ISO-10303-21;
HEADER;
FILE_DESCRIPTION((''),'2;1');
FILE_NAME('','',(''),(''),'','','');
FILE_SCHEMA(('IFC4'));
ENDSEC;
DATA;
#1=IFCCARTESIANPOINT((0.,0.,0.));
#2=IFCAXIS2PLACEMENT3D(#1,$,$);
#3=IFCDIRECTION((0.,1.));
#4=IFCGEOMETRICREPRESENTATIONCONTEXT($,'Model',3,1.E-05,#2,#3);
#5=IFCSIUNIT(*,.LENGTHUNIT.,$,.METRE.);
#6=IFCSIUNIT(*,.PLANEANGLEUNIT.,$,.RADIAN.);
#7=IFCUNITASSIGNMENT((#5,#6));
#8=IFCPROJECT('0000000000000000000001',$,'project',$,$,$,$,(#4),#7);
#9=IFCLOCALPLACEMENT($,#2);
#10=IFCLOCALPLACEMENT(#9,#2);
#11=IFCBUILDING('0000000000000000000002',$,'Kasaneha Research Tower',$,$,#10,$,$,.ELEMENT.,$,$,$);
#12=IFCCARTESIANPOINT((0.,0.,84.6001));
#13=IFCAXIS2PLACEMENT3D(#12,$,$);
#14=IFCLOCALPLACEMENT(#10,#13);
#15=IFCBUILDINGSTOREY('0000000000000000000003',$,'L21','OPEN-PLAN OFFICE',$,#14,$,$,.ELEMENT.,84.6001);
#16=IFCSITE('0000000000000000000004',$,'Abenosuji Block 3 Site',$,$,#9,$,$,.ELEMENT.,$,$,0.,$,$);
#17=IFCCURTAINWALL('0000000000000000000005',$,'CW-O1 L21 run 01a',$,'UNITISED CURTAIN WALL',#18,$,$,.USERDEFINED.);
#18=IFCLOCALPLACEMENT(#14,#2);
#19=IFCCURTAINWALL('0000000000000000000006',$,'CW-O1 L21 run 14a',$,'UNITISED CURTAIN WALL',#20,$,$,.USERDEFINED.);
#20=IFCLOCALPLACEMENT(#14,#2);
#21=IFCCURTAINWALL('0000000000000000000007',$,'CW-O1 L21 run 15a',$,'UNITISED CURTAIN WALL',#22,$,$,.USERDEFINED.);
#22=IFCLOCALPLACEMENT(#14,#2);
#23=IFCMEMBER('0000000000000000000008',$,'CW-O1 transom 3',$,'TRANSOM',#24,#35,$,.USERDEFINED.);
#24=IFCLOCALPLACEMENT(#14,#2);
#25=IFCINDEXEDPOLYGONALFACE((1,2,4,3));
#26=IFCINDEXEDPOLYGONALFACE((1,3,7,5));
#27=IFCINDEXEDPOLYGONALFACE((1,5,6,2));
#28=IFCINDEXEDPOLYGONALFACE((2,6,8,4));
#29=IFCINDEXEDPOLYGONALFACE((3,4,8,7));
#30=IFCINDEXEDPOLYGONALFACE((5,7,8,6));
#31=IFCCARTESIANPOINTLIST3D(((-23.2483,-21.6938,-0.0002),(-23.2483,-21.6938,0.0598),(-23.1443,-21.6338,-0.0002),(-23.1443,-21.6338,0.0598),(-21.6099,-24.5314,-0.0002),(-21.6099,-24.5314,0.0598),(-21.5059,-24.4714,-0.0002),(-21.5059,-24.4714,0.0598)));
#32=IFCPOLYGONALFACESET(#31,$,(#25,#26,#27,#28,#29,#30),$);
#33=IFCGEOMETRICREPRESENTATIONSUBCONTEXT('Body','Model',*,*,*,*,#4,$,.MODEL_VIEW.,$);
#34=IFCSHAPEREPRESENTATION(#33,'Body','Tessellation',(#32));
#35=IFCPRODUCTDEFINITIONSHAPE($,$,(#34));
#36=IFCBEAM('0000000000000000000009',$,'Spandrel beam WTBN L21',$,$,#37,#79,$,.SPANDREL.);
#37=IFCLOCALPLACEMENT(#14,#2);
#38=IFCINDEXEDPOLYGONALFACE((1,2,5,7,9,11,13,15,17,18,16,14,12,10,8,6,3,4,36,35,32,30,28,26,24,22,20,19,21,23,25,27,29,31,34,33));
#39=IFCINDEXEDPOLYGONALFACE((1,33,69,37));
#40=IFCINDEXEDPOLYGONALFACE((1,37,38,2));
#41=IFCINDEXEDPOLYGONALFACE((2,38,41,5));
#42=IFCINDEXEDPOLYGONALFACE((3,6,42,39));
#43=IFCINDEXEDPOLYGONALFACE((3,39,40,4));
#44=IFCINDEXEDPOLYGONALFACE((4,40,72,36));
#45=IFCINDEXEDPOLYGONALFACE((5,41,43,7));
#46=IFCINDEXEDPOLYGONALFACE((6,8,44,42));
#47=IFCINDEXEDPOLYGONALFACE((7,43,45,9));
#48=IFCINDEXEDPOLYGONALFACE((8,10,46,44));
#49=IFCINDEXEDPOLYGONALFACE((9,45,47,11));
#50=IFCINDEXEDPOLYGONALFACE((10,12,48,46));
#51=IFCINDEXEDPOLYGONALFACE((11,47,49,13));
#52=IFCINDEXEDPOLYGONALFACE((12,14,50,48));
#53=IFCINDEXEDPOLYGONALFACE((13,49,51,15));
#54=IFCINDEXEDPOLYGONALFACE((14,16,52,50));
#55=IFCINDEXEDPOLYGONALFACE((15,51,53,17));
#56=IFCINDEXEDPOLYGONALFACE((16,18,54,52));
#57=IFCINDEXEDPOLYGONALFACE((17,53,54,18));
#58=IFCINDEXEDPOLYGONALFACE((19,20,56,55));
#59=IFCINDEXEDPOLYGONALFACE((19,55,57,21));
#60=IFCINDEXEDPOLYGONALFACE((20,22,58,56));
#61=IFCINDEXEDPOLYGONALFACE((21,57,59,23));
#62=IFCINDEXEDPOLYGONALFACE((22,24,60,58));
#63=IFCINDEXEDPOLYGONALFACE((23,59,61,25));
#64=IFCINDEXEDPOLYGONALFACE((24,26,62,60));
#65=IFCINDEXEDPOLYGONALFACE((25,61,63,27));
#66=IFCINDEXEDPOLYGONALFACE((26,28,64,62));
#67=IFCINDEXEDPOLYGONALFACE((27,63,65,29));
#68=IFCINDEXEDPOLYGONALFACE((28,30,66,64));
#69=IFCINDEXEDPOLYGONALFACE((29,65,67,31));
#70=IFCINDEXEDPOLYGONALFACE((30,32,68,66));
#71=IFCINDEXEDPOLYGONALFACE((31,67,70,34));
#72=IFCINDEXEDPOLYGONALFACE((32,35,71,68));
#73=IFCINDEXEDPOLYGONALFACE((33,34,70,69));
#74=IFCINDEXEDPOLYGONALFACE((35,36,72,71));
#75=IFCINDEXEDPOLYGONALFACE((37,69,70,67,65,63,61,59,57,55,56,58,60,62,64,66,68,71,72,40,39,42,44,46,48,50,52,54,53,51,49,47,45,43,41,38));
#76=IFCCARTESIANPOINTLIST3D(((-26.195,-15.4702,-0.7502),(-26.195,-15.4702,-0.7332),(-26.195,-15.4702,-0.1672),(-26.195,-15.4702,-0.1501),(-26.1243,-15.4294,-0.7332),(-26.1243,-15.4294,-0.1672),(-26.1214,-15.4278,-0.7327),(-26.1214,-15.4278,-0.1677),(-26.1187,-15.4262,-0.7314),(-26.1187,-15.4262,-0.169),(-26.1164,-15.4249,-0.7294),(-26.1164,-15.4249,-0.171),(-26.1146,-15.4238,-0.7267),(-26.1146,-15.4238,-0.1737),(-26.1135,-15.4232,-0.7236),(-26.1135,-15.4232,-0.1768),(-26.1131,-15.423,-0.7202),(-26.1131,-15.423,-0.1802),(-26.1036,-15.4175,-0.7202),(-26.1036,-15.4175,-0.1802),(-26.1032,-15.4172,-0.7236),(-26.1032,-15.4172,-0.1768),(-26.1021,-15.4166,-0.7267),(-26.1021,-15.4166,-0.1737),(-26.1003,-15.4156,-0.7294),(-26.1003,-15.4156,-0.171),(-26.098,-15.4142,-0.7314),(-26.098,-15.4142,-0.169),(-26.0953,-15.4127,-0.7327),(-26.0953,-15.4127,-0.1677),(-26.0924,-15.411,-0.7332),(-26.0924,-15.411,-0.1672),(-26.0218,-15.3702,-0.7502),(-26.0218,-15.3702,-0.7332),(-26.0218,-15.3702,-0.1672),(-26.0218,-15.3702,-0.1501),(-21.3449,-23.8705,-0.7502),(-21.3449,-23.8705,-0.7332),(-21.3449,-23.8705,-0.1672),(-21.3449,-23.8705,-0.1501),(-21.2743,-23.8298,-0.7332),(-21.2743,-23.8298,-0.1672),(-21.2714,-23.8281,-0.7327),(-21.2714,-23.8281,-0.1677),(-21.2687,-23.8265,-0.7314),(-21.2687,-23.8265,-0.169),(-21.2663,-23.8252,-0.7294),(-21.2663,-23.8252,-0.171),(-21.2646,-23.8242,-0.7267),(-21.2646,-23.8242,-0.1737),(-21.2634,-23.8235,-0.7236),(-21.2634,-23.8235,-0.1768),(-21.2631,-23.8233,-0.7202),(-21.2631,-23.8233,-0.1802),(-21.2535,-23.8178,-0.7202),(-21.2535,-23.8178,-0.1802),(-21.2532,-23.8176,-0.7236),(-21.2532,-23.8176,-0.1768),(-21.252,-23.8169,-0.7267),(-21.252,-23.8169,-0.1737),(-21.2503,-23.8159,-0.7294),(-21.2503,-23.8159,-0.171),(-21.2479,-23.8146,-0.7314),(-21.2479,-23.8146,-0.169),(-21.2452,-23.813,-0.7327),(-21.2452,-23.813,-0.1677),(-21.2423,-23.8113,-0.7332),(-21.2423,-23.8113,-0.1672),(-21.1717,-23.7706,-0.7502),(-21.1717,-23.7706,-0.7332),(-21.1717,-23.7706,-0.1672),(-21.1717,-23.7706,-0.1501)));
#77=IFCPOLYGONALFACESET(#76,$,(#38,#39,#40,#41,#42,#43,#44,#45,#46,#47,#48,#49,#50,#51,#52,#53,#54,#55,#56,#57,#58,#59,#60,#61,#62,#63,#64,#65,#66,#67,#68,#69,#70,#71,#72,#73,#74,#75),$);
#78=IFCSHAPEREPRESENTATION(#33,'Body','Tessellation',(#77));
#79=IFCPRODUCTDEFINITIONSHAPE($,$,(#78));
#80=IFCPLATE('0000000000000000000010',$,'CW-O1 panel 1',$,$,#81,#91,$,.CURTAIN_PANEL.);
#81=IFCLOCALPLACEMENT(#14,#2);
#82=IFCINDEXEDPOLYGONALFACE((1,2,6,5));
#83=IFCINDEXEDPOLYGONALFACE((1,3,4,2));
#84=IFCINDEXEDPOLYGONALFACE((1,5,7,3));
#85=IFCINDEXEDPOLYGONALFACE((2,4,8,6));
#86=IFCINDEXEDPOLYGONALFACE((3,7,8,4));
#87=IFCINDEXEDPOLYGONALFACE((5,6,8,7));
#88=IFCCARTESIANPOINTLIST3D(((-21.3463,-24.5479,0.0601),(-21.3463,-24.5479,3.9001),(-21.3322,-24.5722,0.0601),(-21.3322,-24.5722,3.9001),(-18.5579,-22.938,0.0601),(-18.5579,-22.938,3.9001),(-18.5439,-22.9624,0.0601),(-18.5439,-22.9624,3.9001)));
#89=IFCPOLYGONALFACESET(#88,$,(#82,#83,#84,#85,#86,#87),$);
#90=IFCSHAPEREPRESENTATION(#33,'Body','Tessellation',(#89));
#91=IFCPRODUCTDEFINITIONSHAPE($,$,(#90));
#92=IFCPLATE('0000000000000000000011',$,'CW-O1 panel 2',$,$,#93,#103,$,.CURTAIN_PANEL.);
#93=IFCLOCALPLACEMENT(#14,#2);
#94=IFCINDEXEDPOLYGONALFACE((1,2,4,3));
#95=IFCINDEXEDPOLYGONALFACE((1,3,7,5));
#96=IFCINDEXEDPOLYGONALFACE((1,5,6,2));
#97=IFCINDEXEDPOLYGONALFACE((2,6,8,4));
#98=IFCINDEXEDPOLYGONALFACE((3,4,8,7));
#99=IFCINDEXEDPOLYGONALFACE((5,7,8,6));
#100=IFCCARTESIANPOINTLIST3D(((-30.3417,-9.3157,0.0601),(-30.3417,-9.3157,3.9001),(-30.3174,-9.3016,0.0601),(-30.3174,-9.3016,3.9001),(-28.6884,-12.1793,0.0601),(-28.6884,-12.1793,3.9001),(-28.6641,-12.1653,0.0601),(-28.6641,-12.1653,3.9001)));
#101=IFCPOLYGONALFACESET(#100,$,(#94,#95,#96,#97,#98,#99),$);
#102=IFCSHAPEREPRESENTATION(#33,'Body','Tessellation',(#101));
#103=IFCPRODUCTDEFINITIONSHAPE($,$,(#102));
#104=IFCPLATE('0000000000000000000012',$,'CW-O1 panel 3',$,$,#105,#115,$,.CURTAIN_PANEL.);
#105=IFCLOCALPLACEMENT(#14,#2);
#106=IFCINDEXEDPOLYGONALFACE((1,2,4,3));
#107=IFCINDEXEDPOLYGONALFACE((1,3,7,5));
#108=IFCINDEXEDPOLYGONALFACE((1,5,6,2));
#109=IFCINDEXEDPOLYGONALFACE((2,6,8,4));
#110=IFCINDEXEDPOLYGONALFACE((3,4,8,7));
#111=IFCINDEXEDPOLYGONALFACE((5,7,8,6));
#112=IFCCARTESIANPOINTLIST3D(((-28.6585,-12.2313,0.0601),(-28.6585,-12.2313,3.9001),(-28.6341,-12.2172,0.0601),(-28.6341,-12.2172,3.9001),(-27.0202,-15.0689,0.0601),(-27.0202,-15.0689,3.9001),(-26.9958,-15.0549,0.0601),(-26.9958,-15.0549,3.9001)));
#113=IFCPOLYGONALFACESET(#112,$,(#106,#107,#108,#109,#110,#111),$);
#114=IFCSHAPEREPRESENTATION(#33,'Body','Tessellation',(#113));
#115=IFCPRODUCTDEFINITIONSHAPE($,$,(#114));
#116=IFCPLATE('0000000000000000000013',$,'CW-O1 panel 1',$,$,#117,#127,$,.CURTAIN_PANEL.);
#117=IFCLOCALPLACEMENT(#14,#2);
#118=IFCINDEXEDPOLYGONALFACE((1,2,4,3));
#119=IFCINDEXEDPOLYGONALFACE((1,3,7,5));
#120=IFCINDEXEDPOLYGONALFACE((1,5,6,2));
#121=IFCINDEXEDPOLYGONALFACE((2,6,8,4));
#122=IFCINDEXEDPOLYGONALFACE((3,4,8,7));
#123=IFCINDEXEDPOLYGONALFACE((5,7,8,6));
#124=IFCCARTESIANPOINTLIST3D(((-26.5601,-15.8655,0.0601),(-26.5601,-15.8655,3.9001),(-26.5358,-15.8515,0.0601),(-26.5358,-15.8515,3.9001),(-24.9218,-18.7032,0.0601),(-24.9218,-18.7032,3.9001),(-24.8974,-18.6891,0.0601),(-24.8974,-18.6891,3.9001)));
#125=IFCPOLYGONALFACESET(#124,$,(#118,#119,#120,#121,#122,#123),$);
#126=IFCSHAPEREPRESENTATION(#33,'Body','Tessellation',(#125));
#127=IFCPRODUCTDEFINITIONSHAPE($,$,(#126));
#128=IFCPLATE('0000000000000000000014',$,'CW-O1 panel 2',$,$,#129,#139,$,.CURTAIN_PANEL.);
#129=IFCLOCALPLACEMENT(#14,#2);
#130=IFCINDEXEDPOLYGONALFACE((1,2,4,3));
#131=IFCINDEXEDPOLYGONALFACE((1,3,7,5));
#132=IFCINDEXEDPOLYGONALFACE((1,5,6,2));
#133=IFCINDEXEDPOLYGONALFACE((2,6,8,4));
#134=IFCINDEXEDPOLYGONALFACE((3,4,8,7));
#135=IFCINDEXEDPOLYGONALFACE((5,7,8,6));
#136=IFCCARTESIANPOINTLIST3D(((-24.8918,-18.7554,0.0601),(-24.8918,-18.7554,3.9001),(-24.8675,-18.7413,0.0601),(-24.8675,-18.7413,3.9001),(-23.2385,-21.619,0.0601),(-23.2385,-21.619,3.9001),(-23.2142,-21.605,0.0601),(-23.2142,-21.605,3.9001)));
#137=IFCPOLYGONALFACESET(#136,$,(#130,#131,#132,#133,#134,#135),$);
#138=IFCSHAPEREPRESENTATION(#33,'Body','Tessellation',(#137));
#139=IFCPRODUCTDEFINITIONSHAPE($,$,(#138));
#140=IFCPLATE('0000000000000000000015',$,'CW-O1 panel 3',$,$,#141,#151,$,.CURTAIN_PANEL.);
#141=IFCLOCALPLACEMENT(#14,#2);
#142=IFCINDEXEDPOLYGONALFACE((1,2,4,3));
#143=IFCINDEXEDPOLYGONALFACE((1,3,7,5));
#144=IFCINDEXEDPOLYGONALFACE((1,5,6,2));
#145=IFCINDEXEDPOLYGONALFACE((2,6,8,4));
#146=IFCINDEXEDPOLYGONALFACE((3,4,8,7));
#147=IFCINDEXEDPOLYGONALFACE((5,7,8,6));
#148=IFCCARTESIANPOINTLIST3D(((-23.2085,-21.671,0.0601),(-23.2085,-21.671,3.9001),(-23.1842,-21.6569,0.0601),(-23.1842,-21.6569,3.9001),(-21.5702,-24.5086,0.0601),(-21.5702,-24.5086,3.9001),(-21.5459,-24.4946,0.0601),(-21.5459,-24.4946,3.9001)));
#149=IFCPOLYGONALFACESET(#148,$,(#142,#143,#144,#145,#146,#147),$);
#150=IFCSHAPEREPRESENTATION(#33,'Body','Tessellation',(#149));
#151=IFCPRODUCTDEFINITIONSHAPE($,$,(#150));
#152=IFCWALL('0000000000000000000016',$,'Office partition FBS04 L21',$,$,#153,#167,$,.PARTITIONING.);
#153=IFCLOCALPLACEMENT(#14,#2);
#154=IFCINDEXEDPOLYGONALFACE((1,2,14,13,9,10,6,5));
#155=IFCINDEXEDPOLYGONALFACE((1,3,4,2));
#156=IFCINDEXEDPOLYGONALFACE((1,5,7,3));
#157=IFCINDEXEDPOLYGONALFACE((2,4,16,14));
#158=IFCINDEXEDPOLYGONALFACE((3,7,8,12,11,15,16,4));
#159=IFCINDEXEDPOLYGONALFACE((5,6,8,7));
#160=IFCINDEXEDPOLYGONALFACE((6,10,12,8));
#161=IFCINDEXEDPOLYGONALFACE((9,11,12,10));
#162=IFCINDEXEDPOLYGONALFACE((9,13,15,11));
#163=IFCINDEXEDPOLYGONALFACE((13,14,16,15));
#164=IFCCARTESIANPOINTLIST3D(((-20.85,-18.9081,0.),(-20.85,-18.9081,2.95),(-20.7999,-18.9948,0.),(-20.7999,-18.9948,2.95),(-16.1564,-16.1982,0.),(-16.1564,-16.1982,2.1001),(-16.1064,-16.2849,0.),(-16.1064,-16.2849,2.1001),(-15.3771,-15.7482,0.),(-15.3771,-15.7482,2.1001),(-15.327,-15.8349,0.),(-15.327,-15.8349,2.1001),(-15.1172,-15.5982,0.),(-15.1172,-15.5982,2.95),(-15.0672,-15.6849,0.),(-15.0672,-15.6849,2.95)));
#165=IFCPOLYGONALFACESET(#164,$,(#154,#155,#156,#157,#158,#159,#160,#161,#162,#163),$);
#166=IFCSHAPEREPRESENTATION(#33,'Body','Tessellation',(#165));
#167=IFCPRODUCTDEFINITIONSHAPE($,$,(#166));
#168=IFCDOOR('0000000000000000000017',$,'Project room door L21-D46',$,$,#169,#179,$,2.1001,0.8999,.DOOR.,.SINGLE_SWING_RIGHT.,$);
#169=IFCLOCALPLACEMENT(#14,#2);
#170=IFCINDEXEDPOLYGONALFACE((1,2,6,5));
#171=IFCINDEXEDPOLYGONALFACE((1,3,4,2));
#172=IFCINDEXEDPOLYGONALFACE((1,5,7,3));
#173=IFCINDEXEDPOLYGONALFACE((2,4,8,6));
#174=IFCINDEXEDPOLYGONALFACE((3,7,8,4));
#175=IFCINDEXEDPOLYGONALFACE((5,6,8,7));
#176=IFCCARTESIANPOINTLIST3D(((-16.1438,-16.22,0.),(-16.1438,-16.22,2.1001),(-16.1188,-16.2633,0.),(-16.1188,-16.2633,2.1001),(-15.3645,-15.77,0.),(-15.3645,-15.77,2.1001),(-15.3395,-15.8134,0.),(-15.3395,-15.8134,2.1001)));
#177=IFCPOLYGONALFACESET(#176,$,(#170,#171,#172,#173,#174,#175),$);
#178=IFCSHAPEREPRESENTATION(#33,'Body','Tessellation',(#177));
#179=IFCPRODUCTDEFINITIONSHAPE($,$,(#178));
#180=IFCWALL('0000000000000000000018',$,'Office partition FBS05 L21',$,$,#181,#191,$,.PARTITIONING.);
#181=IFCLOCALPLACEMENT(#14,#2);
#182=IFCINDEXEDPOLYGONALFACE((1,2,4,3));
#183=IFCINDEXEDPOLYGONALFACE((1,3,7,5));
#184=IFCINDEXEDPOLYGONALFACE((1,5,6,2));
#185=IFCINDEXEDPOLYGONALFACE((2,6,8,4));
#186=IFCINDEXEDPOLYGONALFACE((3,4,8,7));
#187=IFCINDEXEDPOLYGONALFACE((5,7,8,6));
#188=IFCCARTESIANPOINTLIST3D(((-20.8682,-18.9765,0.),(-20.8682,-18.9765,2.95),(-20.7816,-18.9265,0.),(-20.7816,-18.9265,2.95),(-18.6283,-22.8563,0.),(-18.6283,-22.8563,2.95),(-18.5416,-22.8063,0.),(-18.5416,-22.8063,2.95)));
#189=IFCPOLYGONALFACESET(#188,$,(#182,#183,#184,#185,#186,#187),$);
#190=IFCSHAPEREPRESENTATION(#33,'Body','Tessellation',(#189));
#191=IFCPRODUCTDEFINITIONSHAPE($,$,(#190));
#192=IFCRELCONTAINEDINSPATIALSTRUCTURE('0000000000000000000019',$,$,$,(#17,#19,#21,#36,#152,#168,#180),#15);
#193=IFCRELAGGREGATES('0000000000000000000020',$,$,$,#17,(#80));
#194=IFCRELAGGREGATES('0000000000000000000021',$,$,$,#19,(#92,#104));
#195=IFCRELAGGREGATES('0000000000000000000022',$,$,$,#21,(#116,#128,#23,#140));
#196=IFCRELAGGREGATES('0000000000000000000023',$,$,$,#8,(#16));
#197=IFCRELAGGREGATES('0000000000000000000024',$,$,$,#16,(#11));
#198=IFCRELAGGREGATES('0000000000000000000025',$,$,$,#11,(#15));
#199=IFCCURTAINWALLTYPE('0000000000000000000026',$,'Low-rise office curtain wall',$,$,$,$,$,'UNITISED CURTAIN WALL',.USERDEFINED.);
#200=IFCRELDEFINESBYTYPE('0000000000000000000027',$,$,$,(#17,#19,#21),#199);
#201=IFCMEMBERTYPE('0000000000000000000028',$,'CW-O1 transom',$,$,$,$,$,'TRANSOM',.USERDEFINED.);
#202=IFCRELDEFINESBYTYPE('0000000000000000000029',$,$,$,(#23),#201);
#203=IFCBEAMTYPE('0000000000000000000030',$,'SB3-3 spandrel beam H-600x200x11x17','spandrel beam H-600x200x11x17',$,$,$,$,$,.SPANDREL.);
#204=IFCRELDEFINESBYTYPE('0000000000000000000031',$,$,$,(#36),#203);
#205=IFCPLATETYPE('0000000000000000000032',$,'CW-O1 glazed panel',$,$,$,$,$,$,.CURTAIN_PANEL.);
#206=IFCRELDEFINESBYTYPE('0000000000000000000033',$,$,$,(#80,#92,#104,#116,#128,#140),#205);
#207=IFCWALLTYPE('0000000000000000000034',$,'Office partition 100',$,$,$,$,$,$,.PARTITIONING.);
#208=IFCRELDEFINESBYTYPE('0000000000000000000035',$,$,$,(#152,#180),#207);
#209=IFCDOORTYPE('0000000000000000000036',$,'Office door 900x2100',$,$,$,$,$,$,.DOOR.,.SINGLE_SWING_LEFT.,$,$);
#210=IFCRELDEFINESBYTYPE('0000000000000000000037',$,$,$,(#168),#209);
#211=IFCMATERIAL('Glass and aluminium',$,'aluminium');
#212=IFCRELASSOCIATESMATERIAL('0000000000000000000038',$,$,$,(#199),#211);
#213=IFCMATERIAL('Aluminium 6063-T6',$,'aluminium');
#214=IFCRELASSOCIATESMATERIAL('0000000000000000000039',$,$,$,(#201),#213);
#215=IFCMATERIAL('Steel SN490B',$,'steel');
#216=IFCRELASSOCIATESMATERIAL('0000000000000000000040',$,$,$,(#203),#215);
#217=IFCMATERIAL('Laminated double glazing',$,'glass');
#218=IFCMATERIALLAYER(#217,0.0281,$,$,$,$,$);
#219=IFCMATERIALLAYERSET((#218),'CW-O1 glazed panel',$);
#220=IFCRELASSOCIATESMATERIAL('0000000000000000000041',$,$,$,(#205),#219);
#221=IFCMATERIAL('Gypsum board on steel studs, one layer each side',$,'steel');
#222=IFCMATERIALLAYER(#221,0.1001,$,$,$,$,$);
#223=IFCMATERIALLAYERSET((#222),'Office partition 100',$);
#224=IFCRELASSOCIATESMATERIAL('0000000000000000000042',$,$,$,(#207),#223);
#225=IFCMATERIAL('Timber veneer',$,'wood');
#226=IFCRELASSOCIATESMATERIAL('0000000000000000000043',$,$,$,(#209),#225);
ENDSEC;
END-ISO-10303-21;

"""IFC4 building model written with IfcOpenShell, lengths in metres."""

from ifc_helpers import new_model, si_unit, direction, frame, frame_2d, origin, origin_2d, place, context, subcontext, project, spatial, rectangle, i_section, extrude, material, layer, layer_set, material_profile, profile_set, type_object, element, fill, aggregate, save


model = new_model("IFC4")

# Units and contexts
model_context = context("Model", 3, precision=1e-05, world=origin(), true_north=direction((0.0, 1.0)))
body_context = subcontext(model_context, "Body", "Model", "MODEL_VIEW")
ifc_project = project(units=[si_unit("LENGTHUNIT", "METRE"), si_unit("PLANEANGLEUNIT", "RADIAN")], contexts=[model_context])

# Site, building, storey
site_placement = place(None, origin())
site = spatial("IfcSite", under=ifc_project, at=site_placement, Name="Abenosuji Block 3 Site", CompositionType="ELEMENT", RefElevation=0.0)
building_placement = place(site_placement, origin())
building = spatial("IfcBuilding", under=site, at=building_placement, Name="Kasaneha Research Tower", CompositionType="ELEMENT")
storey_placement = place(building_placement, frame((0.0, 0.0, 84.6001)))
storey = spatial("IfcBuildingStorey", under=building, at=storey_placement, Name="L21", Description="OPEN-PLAN OFFICE", CompositionType="ELEMENT", Elevation=84.6001)

# Curtain walls
ifc_material_1 = material(Name="Glass and aluminium", Category="aluminium")
curtain_wall_type = type_object("IfcCurtainWallType", Name="Low-rise office curtain wall", ElementType="UNITISED CURTAIN WALL", PredefinedType="USERDEFINED", material=ifc_material_1)
curtain_wall_1_placement = place(storey_placement, origin())
curtain_wall_1 = element("IfcCurtainWall", 1, at=curtain_wall_1_placement, inside=storey, type_object=curtain_wall_type, Name="CW-O1 L21 run 01a", ObjectType="UNITISED CURTAIN WALL", PredefinedType="USERDEFINED")
curtain_wall_2_placement = place(storey_placement, origin())
curtain_wall_2 = element("IfcCurtainWall", 2, at=curtain_wall_2_placement, inside=storey, type_object=curtain_wall_type, Name="CW-O1 L21 run 14a", ObjectType="UNITISED CURTAIN WALL", PredefinedType="USERDEFINED")
curtain_wall_3_placement = place(storey_placement, origin())
curtain_wall_3 = element("IfcCurtainWall", 3, at=curtain_wall_3_placement, inside=storey, type_object=curtain_wall_type, Name="CW-O1 L21 run 15a", ObjectType="UNITISED CURTAIN WALL", PredefinedType="USERDEFINED")

# Member
ifc_material_2 = material(Name="Aluminium 6063-T6", Category="aluminium")
ifc_material_profile_1 = material_profile(ifc_material_2, rectangle(XDim=0.1201, YDim=0.0601, at=origin_2d()), Name="CW-O1 transom 120x60")
ifc_profile_set_1 = profile_set([ifc_material_profile_1], Name="Aluminium 6063-T6")
member_type_1 = type_object("IfcMemberType", Name="CW-O1 transom", ElementType="TRANSOM", PredefinedType="USERDEFINED", material=ifc_profile_set_1)
member_1_placement = place(storey_placement, frame((-23.1963, -21.6638, 0.0298), z_axis=(0.500026, -0.866011, 0.0), x_axis=(0.866011, 0.500026, 0.0)))
member_1 = element("IfcMember", 4, at=member_1_placement, type_object=member_type_1, Name="CW-O1 transom 3", ObjectType="TRANSOM", PredefinedType="USERDEFINED", context=body_context, shape_type="SweptSolid", body=[
    extrude(rectangle(XDim=0.1201, YDim=0.0601, at=origin_2d()), origin(), (0.0, 0.0, 1.0), 3.2766),
])

# Beam
ifc_material_3 = material(Name="Steel SN490B", Category="steel")
ifc_material_profile_2 = material_profile(ifc_material_3, i_section(OverallWidth=0.2, OverallDepth=0.6001, WebThickness=0.011, FlangeThickness=0.0171, FilletRadius=0.0129, at=origin_2d()), Name="H-600x200x11x17")
ifc_profile_set_2 = profile_set([ifc_material_profile_2], Name="Steel SN490B")
beam_type = type_object("IfcBeamType", Name="SB3-3 spandrel beam H-600x200x11x17", Description="spandrel beam H-600x200x11x17", PredefinedType="SPANDREL", material=ifc_profile_set_2)
beam_placement = place(storey_placement, frame((-21.2583, -23.8206, -0.4502), z_axis=(-0.50001, 0.86602, 0.0), x_axis=(-0.86602, -0.50001, 0.0)))
element("IfcBeam", 5, at=beam_placement, inside=storey, type_object=beam_type, Name="Spandrel beam WTBN L21", PredefinedType="SPANDREL", context=body_context, shape_type="SweptSolid", body=[
    extrude(i_section(OverallWidth=0.2, OverallDepth=0.6001, WebThickness=0.011, FlangeThickness=0.0171, FilletRadius=0.0129, at=origin_2d()), origin(), (0.0, 0.0, 1.0), 9.7),
])

# Plates
ifc_material_4 = material(Name="Laminated double glazing", Category="glass")
ifc_layer_1 = layer(ifc_material_4, 0.0281)
ifc_layer_set_1 = layer_set([ifc_layer_1], Name="CW-O1 glazed panel")
plate_type = type_object("IfcPlateType", Name="CW-O1 glazed panel", PredefinedType="CURTAIN_PANEL", material=ifc_layer_set_1)
plate_1_placement = place(storey_placement, frame((-19.9451, -23.7551, 0.0601), z_axis=(0.0, 0.0, 1.0), x_axis=(0.866025, 0.5, 0.0)))
plate_1 = element("IfcPlate", 6, at=plate_1_placement, type_object=plate_type, Name="CW-O1 panel 1", PredefinedType="CURTAIN_PANEL", context=body_context, shape_type="SweptSolid", body=[
    extrude(rectangle(XDim=3.2197, YDim=0.0281, at=origin_2d()), origin(), (0.0, 0.0, 1.0), 3.8401),
])
aggregate(curtain_wall_1, [plate_1])
plate_2_placement = place(storey_placement, frame((-29.5029, -10.7405, 0.0601), z_axis=(0.0, 0.0, 1.0), x_axis=(0.5, -0.866025, 0.0)))
plate_2 = element("IfcPlate", 7, at=plate_2_placement, type_object=plate_type, Name="CW-O1 panel 2", PredefinedType="CURTAIN_PANEL", context=body_context, shape_type="SweptSolid", body=[
    extrude(rectangle(XDim=3.3066, YDim=0.0281, at=origin_2d()), origin(), (0.0, 0.0, 1.0), 3.8401),
])
plate_3_placement = place(storey_placement, frame((-27.8271, -13.6431, 0.0601), z_axis=(0.0, 0.0, 1.0), x_axis=(0.5, -0.866025, 0.0)))
plate_3 = element("IfcPlate", 8, at=plate_3_placement, type_object=plate_type, Name="CW-O1 panel 3", PredefinedType="CURTAIN_PANEL", context=body_context, shape_type="SweptSolid", body=[
    extrude(rectangle(XDim=3.2766, YDim=0.0281, at=origin_2d()), origin(), (0.0, 0.0, 1.0), 3.8401),
])
aggregate(curtain_wall_2, [plate_2, plate_3])
plate_4_placement = place(storey_placement, frame((-25.7288, -17.2773, 0.0601), z_axis=(0.0, 0.0, 1.0), x_axis=(0.5, -0.866025, 0.0)))
plate_4 = element("IfcPlate", 9, at=plate_4_placement, type_object=plate_type, Name="CW-O1 panel 1", PredefinedType="CURTAIN_PANEL", context=body_context, shape_type="SweptSolid", body=[
    extrude(rectangle(XDim=3.2766, YDim=0.0281, at=origin_2d()), origin(), (0.0, 0.0, 1.0), 3.8401),
])
plate_5_placement = place(storey_placement, frame((-24.053, -20.1802, 0.0601), z_axis=(0.0, 0.0, 1.0), x_axis=(0.5, -0.866025, 0.0)))
plate_5 = element("IfcPlate", 10, at=plate_5_placement, type_object=plate_type, Name="CW-O1 panel 2", PredefinedType="CURTAIN_PANEL", context=body_context, shape_type="SweptSolid", body=[
    extrude(rectangle(XDim=3.3066, YDim=0.0281, at=origin_2d()), origin(), (0.0, 0.0, 1.0), 3.8401),
])
plate_6_placement = place(storey_placement, frame((-22.3772, -23.0828, 0.0601), z_axis=(0.0, 0.0, 1.0), x_axis=(0.5, -0.866025, 0.0)))
plate_6 = element("IfcPlate", 11, at=plate_6_placement, type_object=plate_type, Name="CW-O1 panel 3", PredefinedType="CURTAIN_PANEL", context=body_context, shape_type="SweptSolid", body=[
    extrude(rectangle(XDim=3.2766, YDim=0.0281, at=origin_2d()), origin(), (0.0, 0.0, 1.0), 3.8401),
])
aggregate(curtain_wall_3, [plate_4, plate_5, member_1, plate_6])

# Wall, opening, door
ifc_material_5 = material(Name="Gypsum board on steel studs, one layer each side", Category="steel")
ifc_layer_2 = layer(ifc_material_5, 0.1001)
ifc_layer_set_2 = layer_set([ifc_layer_2], Name="Office partition 100")
wall_type = type_object("IfcWallType", Name="Office partition 100", PredefinedType="PARTITIONING", material=ifc_layer_set_2)
wall_1_placement = place(storey_placement, frame((-20.825, -18.9514, 0.0), z_axis=(0.0, 0.0, 1.0), x_axis=(0.866022, 0.500007, 0.0)))
wall_1 = element("IfcWall", 12, at=wall_1_placement, inside=storey, type_object=wall_type, Name="Office partition FBS04 L21", PredefinedType="PARTITIONING", context=body_context, shape_type="SweptSolid", body=[
    extrude(rectangle(XDim=6.6196, YDim=0.1001, at=frame_2d((3.3098, 0.0))), origin(), (0.0, 0.0, 1.0), 2.95),
])
opening_1_placement = place(wall_1_placement, frame((5.4197, 0.0, 0.0)))
opening_1 = element("IfcOpeningElement", 13, at=opening_1_placement, cuts=wall_1, PredefinedType="OPENING", context=body_context, shape_type="SweptSolid", body=[
    extrude(rectangle(XDim=0.8999, YDim=2.1001, at=frame_2d((0.45, 1.05))), frame((0.0, 0.0601, 0.0), z_axis=(0.0, -1.0, 0.0), x_axis=(1.0, 0.0, 0.0)), (0.0, 0.0, 1.0), 0.1201),
])
ifc_material_6 = material(Name="Timber veneer", Category="wood")
door_type = type_object("IfcDoorType", Name="Office door 900x2100", OperationType="SINGLE_SWING_LEFT", PredefinedType="DOOR", material=ifc_material_6)
door_1_placement = place(opening_1_placement, origin())
door_1 = element("IfcDoor", 14, at=door_1_placement, inside=storey, type_object=door_type, Name="Project room door L21-D46", OperationType="SINGLE_SWING_RIGHT", OverallHeight=2.1001, OverallWidth=0.8999, PredefinedType="DOOR", context=body_context, shape_type="SweptSolid", body=[
    extrude(rectangle(XDim=0.8999, YDim=2.1001, at=frame_2d((0.45, 1.05))), frame((0.0, 0.0249, 0.0), z_axis=(0.0, -1.0, 0.0), x_axis=(1.0, 0.0, 0.0)), (0.0, 0.0, 1.0), 0.05),
])
fill(opening_1, door_1)

# Wall
wall_2_placement = place(storey_placement, frame((-18.585, -22.8313, 0.0), z_axis=(0.0, 0.0, 1.0), x_axis=(-0.49999, 0.866031, 0.0)))
element("IfcWall", 15, at=wall_2_placement, inside=storey, type_object=wall_type, Name="Office partition FBS05 L21", PredefinedType="PARTITIONING", context=body_context, shape_type="SweptSolid", body=[
    extrude(rectangle(XDim=4.48, YDim=0.1001, at=frame_2d((2.24, 0.0))), origin(), (0.0, 0.0, 1.0), 2.95),
])

save(model, "model.ifc")
